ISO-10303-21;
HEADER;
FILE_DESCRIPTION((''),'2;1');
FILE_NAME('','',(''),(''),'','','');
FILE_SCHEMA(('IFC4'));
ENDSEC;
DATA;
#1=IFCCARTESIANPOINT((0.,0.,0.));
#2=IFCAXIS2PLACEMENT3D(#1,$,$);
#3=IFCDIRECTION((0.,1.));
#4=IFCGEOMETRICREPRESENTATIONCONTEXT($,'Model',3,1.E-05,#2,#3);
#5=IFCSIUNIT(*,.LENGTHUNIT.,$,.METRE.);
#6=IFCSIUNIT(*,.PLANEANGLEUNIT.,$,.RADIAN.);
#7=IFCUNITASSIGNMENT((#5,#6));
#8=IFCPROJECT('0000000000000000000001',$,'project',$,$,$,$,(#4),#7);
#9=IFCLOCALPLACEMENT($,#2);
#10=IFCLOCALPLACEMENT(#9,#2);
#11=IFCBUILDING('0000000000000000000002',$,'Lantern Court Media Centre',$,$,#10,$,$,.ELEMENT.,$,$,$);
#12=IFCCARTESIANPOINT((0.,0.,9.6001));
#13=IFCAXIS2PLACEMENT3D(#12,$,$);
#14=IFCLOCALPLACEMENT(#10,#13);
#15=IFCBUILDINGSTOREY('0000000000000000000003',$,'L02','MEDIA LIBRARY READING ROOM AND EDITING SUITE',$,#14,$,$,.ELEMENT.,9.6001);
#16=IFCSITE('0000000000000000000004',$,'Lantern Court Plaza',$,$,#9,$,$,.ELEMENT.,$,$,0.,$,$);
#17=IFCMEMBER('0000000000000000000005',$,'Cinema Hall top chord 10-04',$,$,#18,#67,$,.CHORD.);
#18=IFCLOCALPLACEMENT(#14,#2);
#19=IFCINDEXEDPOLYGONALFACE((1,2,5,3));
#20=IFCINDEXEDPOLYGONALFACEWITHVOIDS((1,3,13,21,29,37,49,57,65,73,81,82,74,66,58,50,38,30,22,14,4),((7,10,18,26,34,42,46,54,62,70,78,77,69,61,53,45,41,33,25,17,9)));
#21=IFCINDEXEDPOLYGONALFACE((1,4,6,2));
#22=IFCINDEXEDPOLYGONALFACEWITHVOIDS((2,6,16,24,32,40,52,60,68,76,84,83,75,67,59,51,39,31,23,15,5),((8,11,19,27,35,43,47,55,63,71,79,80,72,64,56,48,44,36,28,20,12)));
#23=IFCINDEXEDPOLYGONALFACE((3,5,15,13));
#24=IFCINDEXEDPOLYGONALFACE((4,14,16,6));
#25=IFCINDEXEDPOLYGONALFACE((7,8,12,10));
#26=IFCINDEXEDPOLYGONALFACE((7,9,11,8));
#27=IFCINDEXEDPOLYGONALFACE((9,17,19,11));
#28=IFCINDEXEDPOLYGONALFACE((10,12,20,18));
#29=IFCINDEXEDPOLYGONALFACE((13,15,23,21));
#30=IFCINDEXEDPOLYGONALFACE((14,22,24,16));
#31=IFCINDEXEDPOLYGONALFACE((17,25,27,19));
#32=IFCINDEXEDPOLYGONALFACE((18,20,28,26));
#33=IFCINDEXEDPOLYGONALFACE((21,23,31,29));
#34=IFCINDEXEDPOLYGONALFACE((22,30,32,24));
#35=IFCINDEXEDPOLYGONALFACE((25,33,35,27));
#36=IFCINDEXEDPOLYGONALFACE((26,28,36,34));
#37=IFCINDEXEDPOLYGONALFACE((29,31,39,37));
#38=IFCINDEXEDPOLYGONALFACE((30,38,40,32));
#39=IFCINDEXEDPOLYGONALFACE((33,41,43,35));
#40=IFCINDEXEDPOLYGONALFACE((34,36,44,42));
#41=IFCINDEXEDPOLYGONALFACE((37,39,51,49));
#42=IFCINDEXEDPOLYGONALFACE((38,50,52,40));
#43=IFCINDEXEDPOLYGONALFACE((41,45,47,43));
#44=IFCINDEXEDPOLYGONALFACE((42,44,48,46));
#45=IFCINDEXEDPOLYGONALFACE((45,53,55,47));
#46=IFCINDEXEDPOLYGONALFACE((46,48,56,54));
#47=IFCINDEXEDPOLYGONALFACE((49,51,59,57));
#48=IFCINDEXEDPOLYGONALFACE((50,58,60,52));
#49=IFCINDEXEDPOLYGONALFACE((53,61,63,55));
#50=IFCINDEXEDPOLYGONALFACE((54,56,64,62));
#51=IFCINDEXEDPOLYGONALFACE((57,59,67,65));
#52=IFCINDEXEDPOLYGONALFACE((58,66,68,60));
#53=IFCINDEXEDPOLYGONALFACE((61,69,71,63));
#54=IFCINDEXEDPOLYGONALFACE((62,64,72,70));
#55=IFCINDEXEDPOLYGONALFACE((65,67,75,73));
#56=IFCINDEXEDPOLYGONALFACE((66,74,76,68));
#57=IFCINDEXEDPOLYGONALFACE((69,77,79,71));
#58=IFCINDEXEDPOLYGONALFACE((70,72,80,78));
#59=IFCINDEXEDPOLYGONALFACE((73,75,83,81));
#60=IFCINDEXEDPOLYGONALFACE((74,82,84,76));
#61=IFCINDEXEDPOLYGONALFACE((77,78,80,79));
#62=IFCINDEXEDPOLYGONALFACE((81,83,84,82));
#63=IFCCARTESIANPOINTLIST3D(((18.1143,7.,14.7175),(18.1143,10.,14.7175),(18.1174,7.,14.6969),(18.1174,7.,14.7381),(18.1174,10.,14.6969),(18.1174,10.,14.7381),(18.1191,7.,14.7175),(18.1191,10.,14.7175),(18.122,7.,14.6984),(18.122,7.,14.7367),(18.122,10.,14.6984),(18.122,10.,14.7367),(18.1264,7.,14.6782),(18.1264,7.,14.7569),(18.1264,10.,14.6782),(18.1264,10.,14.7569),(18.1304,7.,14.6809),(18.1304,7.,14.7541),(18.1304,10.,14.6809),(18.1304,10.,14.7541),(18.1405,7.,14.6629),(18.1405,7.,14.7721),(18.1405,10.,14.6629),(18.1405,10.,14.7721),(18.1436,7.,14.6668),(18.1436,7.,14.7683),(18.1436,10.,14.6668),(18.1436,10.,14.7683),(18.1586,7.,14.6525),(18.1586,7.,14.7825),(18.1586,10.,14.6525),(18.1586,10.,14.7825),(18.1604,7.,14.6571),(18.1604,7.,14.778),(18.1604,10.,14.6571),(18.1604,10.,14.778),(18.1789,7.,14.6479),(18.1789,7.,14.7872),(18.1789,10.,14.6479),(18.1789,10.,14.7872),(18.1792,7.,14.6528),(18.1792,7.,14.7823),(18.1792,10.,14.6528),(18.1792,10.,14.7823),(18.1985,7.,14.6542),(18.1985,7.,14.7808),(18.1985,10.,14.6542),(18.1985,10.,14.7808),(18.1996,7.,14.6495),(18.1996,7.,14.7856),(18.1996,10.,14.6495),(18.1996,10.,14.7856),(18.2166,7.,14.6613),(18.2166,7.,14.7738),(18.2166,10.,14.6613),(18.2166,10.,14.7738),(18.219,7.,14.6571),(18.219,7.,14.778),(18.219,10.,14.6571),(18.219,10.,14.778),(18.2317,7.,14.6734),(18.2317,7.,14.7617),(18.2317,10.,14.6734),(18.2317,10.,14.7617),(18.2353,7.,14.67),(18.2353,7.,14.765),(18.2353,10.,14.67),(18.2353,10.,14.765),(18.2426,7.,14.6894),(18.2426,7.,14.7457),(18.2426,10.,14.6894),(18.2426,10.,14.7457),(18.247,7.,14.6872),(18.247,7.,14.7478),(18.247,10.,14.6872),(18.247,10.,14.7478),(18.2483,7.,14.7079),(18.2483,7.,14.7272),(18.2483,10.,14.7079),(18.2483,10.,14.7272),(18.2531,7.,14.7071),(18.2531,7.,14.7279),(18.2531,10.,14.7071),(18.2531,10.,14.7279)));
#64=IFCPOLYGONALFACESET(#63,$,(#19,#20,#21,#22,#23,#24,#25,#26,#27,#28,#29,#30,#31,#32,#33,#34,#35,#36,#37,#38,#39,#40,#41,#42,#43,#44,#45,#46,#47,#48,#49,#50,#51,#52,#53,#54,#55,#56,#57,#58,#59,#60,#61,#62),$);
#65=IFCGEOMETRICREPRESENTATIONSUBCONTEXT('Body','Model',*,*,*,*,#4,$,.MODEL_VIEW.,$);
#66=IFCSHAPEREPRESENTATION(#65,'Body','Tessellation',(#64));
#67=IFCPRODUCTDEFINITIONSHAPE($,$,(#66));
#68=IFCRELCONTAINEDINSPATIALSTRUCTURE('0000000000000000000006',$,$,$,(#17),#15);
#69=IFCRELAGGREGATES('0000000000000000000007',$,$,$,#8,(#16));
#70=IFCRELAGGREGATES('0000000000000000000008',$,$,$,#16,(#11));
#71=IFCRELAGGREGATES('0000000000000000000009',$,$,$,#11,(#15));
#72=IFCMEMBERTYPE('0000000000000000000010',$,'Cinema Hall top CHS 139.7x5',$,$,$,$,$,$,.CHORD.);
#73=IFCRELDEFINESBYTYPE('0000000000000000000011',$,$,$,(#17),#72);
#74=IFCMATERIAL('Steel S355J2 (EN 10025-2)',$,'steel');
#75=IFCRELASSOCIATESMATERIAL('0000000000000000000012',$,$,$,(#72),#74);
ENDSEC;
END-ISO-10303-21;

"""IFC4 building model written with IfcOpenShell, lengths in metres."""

from ifc_helpers import new_model, si_unit, direction, frame, origin, origin_2d, place, context, subcontext, project, spatial, hollow_circle, extrude, material, material_profile, profile_set, type_object, element, save


model = new_model("IFC4")

# Units and contexts
model_context = context("Model", 3, precision=1e-05, world=origin(), true_north=direction((0.0, 1.0)))
body_context = subcontext(model_context, "Body", "Model", "MODEL_VIEW")
ifc_project = project(units=[si_unit("LENGTHUNIT", "METRE"), si_unit("PLANEANGLEUNIT", "RADIAN")], contexts=[model_context])

# Site, building, storey
site_placement = place(None, origin())
site = spatial("IfcSite", under=ifc_project, at=site_placement, Name="Lantern Court Plaza", CompositionType="ELEMENT", RefElevation=0.0)
building_placement = place(site_placement, origin())
building = spatial("IfcBuilding", under=site, at=building_placement, Name="Lantern Court Media Centre", CompositionType="ELEMENT")
storey_placement = place(building_placement, frame((0.0, 0.0, 9.6001)))
storey = spatial("IfcBuildingStorey", under=building, at=storey_placement, Name="L02", Description="MEDIA LIBRARY READING ROOM AND EDITING SUITE", CompositionType="ELEMENT", Elevation=9.6001)

# Member
ifc_material = material(Name="Steel S355J2 (EN 10025-2)", Category="steel")
ifc_material_profile_1 = material_profile(ifc_material, hollow_circle(Radius=0.0698, WallThickness=0.0049, at=origin_2d()), Name="Cinema Hall top CHS 139.7x5")
ifc_profile_set_1 = profile_set([ifc_material_profile_1], Name="Steel S355J2 (EN 10025-2)")
member_type_1 = type_object("IfcMemberType", Name="Cinema Hall top CHS 139.7x5", PredefinedType="CHORD", material=ifc_profile_set_1)
member_1_placement = place(storey_placement, frame((18.1841, 7.0, 14.7175), z_axis=(0.0, 1.0, 0.0), x_axis=(-1.0, 0.0, 0.0)))
element("IfcMember", 1, at=member_1_placement, inside=storey, type_object=member_type_1, Name="Cinema Hall top chord 10-04", PredefinedType="CHORD", context=body_context, shape_type="SweptSolid", body=[
    extrude(hollow_circle(Radius=0.0698, WallThickness=0.0049, at=origin_2d()), origin(), (0.0, 0.0, 1.0), 3.0),
])

save(model, "model.ifc")
